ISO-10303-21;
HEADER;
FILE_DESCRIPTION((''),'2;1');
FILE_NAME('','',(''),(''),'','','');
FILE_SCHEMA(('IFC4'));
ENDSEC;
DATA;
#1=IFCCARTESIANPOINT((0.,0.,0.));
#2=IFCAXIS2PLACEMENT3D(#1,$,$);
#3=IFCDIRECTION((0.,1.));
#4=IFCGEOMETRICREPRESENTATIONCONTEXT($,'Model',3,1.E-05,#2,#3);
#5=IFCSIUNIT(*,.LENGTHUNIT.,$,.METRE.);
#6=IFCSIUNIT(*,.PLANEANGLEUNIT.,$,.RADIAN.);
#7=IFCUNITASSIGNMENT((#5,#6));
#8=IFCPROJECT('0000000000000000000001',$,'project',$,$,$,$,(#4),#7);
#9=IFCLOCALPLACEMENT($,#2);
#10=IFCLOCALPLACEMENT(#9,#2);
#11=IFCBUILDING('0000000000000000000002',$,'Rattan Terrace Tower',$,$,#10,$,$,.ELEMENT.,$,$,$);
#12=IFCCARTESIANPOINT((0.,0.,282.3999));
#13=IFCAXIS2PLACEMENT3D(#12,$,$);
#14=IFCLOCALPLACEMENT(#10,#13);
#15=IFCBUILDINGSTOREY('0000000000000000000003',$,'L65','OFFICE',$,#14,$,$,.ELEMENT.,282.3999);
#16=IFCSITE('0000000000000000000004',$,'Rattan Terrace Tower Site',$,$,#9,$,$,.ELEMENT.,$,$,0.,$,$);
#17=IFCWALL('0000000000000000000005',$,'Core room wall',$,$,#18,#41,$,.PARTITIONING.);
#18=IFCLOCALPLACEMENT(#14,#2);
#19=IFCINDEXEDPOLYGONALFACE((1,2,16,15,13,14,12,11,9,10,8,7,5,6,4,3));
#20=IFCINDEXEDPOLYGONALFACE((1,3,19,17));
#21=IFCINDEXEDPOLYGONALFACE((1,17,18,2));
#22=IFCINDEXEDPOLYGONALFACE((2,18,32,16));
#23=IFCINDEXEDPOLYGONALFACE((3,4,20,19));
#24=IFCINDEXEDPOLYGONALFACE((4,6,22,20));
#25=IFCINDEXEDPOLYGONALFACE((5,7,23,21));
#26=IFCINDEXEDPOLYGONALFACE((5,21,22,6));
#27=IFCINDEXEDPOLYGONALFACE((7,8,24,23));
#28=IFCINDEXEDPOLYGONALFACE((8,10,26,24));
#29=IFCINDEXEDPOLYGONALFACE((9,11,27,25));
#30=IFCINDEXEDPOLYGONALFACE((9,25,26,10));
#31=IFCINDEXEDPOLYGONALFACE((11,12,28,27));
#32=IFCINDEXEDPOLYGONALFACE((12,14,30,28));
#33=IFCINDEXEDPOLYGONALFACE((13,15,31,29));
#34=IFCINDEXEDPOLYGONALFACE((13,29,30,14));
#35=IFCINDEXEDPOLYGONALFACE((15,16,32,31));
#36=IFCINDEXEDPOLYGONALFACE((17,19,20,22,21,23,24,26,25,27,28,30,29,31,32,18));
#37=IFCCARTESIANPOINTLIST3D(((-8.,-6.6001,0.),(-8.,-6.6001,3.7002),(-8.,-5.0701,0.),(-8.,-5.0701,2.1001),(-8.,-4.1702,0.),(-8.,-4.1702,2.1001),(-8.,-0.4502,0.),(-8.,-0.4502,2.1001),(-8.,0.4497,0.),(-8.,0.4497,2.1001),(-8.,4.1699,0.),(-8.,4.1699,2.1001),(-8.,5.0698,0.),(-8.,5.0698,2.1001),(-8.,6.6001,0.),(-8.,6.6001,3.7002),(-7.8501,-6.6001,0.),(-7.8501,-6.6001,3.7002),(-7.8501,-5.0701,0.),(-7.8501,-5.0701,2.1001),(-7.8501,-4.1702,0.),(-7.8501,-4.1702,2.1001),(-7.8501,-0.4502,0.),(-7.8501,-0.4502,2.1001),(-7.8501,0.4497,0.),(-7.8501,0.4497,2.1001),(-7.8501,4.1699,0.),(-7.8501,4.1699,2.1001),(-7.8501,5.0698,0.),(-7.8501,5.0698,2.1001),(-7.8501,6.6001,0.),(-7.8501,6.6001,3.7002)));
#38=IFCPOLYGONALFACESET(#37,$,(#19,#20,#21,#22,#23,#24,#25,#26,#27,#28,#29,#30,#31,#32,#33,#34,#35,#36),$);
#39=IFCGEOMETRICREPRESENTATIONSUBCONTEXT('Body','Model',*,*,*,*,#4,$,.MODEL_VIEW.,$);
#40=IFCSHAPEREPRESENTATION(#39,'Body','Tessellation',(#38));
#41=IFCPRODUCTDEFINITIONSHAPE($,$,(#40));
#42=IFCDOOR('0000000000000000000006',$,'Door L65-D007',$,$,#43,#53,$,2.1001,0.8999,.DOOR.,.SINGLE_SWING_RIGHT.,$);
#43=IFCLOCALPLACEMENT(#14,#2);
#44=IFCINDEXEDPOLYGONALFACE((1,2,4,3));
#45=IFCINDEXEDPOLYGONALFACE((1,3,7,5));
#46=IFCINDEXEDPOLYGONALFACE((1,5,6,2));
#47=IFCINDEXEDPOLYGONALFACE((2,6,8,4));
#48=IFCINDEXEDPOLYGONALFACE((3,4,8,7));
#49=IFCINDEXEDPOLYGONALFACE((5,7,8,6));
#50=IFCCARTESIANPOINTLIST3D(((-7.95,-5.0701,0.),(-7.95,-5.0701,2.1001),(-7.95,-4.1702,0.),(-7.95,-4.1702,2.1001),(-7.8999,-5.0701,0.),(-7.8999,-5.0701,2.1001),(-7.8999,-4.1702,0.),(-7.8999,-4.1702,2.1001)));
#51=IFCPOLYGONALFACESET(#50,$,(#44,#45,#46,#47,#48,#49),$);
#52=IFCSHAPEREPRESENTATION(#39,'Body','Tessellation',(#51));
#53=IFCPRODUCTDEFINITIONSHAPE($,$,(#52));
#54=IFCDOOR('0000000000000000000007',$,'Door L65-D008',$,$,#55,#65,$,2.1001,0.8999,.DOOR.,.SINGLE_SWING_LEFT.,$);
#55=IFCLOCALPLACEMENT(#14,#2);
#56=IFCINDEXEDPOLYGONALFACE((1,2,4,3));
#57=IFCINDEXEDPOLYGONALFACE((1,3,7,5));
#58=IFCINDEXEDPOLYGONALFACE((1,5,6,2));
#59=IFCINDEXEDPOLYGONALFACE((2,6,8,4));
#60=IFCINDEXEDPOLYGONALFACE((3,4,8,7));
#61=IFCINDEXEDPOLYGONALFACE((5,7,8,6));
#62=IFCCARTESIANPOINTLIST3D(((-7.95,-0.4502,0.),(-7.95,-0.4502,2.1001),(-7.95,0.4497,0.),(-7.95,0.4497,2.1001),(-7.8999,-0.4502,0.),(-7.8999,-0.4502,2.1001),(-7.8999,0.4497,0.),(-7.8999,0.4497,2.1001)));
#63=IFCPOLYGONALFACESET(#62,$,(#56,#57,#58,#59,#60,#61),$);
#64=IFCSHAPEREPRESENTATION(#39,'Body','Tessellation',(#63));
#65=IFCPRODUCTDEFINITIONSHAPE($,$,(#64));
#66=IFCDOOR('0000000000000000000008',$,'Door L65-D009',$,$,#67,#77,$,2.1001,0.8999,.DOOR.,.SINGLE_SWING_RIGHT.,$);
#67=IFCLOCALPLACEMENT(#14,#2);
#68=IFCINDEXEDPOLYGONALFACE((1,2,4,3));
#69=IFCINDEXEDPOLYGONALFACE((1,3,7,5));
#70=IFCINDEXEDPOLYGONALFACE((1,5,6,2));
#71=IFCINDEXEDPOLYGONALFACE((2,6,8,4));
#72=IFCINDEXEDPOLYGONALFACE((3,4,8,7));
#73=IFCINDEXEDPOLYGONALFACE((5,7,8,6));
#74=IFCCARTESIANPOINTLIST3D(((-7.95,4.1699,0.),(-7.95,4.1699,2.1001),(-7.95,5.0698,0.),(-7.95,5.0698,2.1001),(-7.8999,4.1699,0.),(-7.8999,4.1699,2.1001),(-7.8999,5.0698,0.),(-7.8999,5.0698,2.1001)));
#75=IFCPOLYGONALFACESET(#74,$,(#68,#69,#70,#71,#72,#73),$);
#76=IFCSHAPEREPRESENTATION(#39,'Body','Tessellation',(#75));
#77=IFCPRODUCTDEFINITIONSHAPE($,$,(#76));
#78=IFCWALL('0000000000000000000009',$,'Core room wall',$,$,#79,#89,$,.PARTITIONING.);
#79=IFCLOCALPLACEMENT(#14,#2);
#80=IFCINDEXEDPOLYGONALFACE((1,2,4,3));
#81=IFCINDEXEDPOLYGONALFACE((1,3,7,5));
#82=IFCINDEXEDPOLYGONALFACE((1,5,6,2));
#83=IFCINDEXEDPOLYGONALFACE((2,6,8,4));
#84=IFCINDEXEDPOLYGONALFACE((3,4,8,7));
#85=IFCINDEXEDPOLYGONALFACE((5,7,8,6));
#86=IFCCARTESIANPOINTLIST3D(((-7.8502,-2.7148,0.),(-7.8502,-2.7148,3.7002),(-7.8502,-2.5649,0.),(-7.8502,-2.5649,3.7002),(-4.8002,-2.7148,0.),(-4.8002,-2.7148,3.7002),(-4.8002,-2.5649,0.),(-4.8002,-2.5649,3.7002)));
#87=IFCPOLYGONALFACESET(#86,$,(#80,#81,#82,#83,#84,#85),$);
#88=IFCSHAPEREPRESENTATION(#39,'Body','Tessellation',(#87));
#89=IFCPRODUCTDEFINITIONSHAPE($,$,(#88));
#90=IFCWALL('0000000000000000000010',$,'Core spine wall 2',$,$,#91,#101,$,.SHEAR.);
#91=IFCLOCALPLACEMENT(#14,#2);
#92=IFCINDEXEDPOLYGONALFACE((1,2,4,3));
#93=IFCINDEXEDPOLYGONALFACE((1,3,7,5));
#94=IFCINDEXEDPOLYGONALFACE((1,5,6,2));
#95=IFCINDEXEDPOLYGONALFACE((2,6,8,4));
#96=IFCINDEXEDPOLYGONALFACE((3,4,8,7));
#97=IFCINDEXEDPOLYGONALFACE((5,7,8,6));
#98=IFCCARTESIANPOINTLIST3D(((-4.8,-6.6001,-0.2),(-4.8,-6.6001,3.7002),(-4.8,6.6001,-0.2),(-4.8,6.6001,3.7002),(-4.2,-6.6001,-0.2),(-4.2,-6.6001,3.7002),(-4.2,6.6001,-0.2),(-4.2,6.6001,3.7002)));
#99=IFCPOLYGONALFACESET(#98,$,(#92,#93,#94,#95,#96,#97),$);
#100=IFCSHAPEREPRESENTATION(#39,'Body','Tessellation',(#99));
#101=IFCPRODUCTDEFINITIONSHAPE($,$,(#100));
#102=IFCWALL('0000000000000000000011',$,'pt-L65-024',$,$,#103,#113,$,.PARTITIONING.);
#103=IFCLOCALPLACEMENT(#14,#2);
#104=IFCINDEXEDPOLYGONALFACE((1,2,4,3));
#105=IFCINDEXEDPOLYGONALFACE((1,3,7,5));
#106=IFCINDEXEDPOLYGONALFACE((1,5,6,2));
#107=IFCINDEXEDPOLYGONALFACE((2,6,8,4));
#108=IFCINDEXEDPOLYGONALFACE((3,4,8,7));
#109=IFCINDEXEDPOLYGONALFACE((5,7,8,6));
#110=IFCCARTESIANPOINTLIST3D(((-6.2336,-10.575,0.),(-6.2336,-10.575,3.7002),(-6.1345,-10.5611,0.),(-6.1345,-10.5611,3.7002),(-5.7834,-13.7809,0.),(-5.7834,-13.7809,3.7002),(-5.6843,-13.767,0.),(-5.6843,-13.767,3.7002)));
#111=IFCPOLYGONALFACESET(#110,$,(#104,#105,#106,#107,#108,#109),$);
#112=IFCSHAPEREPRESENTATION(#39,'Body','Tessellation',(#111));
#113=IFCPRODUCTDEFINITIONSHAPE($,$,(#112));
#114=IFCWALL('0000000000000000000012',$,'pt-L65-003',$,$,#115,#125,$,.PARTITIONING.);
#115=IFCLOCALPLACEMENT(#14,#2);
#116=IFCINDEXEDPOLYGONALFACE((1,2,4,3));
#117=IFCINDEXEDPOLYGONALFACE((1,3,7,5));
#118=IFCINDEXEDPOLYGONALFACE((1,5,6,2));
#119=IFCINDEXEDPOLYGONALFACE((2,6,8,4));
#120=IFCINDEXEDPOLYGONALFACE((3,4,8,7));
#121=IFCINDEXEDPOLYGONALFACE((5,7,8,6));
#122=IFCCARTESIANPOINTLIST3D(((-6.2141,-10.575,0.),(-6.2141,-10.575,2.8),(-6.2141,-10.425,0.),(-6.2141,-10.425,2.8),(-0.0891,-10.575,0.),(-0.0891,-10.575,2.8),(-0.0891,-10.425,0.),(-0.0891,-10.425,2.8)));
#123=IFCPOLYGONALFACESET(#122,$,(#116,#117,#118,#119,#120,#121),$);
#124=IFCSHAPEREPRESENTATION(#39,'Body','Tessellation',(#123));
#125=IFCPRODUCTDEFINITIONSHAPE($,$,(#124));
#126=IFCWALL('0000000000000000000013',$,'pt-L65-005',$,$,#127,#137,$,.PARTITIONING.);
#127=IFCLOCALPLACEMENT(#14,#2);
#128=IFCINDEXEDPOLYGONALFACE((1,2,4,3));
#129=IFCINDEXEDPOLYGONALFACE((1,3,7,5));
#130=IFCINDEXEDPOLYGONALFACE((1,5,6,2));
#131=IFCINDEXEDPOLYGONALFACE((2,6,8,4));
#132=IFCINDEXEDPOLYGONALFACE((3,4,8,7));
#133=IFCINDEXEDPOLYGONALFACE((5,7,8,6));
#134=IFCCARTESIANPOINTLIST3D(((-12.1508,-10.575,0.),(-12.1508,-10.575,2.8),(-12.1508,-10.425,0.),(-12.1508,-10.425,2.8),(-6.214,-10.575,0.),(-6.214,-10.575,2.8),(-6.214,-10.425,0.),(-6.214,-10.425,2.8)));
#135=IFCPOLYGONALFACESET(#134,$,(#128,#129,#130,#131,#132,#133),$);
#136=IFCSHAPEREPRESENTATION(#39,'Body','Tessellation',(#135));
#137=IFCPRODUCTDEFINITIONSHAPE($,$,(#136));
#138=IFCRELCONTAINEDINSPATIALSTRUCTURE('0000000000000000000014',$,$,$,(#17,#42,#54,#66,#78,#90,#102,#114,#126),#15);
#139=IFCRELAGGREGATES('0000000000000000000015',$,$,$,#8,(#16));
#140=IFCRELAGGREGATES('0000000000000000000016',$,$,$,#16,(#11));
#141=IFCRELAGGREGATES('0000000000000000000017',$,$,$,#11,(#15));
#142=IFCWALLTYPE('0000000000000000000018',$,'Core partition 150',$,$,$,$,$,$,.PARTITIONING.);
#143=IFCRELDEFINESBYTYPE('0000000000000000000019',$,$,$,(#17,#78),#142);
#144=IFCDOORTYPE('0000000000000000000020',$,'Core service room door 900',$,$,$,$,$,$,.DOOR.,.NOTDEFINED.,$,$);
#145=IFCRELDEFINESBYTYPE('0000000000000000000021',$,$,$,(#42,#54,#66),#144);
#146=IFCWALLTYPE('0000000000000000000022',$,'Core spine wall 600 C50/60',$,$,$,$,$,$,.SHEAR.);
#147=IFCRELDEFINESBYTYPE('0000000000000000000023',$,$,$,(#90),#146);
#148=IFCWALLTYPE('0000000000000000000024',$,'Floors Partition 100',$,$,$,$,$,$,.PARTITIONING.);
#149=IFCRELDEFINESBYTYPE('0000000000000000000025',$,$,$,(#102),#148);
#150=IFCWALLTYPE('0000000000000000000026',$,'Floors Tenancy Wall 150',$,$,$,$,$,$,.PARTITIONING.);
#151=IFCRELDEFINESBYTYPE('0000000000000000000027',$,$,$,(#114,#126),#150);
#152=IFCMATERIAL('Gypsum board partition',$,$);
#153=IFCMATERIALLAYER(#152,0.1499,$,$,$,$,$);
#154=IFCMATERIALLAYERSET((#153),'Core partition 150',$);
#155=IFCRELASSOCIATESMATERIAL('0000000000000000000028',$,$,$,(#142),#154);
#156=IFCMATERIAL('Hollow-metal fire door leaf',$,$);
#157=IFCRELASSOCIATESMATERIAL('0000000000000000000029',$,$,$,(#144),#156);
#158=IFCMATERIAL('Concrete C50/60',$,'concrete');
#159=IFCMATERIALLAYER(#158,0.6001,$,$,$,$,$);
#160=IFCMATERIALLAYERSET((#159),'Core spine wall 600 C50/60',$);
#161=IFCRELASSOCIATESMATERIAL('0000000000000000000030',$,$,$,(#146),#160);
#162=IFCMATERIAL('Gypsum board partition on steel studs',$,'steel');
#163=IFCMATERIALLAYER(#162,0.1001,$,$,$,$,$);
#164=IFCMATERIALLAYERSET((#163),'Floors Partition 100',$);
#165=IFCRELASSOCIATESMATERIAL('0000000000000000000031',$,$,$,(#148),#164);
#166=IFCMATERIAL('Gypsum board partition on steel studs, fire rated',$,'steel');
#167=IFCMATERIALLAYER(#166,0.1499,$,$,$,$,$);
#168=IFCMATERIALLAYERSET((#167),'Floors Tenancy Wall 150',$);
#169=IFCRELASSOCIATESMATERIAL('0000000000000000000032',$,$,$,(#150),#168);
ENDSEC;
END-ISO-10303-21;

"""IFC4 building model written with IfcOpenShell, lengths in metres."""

from ifc_helpers import new_model, si_unit, direction, frame, frame_2d, origin, place, context, subcontext, project, spatial, rectangle, extrude, material, layer, layer_set, type_object, element, fill, save


model = new_model("IFC4")

# Units and contexts
model_context = context("Model", 3, precision=1e-05, world=origin(), true_north=direction((0.0, 1.0)))
body_context = subcontext(model_context, "Body", "Model", "MODEL_VIEW")
ifc_project = project(units=[si_unit("LENGTHUNIT", "METRE"), si_unit("PLANEANGLEUNIT", "RADIAN")], contexts=[model_context])

# Site, building, storey
site_placement = place(None, origin())
site = spatial("IfcSite", under=ifc_project, at=site_placement, Name="Rattan Terrace Tower Site", CompositionType="ELEMENT", RefElevation=0.0)
building_placement = place(site_placement, origin())
building = spatial("IfcBuilding", under=site, at=building_placement, Name="Rattan Terrace Tower", CompositionType="ELEMENT")
storey_placement = place(building_placement, frame((0.0, 0.0, 282.3999)))
storey = spatial("IfcBuildingStorey", under=building, at=storey_placement, Name="L65", Description="OFFICE", CompositionType="ELEMENT", Elevation=282.3999)

# Wall, openings, doors
ifc_material_1 = material(Name="Gypsum board partition")
ifc_layer_1 = layer(ifc_material_1, 0.1499)
ifc_layer_set_1 = layer_set([ifc_layer_1], Name="Core partition 150")
wall_type_1 = type_object("IfcWallType", Name="Core partition 150", PredefinedType="PARTITIONING", material=ifc_layer_set_1)
wall_1_placement = place(storey_placement, frame((-7.925, -6.6001, 0.0), z_axis=(0.0, 0.0, 1.0), x_axis=(0.0, 1.0, 0.0)))
wall_1 = element("IfcWall", 1, at=wall_1_placement, inside=storey, type_object=wall_type_1, Name="Core room wall", PredefinedType="PARTITIONING", context=body_context, shape_type="SweptSolid", body=[
    extrude(rectangle(XDim=13.2002, YDim=0.1499, at=frame_2d((6.6001, 0.0))), origin(), (0.0, 0.0, 1.0), 3.7002),
])
opening_1_placement = place(wall_1_placement, frame((1.53, 0.0, 0.0)))
opening_1 = element("IfcOpeningElement", 2, at=opening_1_placement, cuts=wall_1, PredefinedType="OPENING", context=body_context, shape_type="SweptSolid", body=[
    extrude(rectangle(XDim=0.8999, YDim=2.1001, at=frame_2d((0.45, 1.05))), frame((0.0, 0.0854, 0.0), z_axis=(0.0, -1.0, 0.0), x_axis=(1.0, 0.0, 0.0)), (0.0, 0.0, 1.0), 0.1709),
])
opening_2_placement = place(wall_1_placement, frame((6.1499, 0.0, 0.0)))
opening_2 = element("IfcOpeningElement", 3, at=opening_2_placement, cuts=wall_1, PredefinedType="OPENING", context=body_context, shape_type="SweptSolid", body=[
    extrude(rectangle(XDim=0.8999, YDim=2.1001, at=frame_2d((0.45, 1.05))), frame((0.0, 0.0854, 0.0), z_axis=(0.0, -1.0, 0.0), x_axis=(1.0, 0.0, 0.0)), (0.0, 0.0, 1.0), 0.1709),
])
opening_3_placement = place(wall_1_placement, frame((10.77, 0.0, 0.0)))
opening_3 = element("IfcOpeningElement", 4, at=opening_3_placement, cuts=wall_1, PredefinedType="OPENING", context=body_context, shape_type="SweptSolid", body=[
    extrude(rectangle(XDim=0.8999, YDim=2.1001, at=frame_2d((0.45, 1.05))), frame((0.0, 0.0854, 0.0), z_axis=(0.0, -1.0, 0.0), x_axis=(1.0, 0.0, 0.0)), (0.0, 0.0, 1.0), 0.1709),
])
ifc_material_2 = material(Name="Hollow-metal fire door leaf")
door_type_1 = type_object("IfcDoorType", Name="Core service room door 900", OperationType="NOTDEFINED", PredefinedType="DOOR", material=ifc_material_2)
door_1_placement = place(opening_1_placement, origin())
door_1 = element("IfcDoor", 5, at=door_1_placement, inside=storey, type_object=door_type_1, Name="Door L65-D007", OperationType="SINGLE_SWING_RIGHT", OverallHeight=2.1001, OverallWidth=0.8999, PredefinedType="DOOR", context=body_context, shape_type="SweptSolid", body=[
    extrude(rectangle(XDim=0.8999, YDim=2.1001, at=frame_2d((0.45, 1.05))), frame((0.0, 0.0249, 0.0), z_axis=(0.0, -1.0, 0.0), x_axis=(1.0, 0.0, 0.0)), (0.0, 0.0, 1.0), 0.05),
])
fill(opening_1, door_1)
door_2_placement = place(opening_2_placement, origin())
door_2 = element("IfcDoor", 6, at=door_2_placement, inside=storey, type_object=door_type_1, Name="Door L65-D008", OperationType="SINGLE_SWING_LEFT", OverallHeight=2.1001, OverallWidth=0.8999, PredefinedType="DOOR", context=body_context, shape_type="SweptSolid", body=[
    extrude(rectangle(XDim=0.8999, YDim=2.1001, at=frame_2d((0.45, 1.05))), frame((0.0, 0.0249, 0.0), z_axis=(0.0, -1.0, 0.0), x_axis=(1.0, 0.0, 0.0)), (0.0, 0.0, 1.0), 0.05),
])
fill(opening_2, door_2)
door_3_placement = place(opening_3_placement, origin())
door_3 = element("IfcDoor", 7, at=door_3_placement, inside=storey, type_object=door_type_1, Name="Door L65-D009", OperationType="SINGLE_SWING_RIGHT", OverallHeight=2.1001, OverallWidth=0.8999, PredefinedType="DOOR", context=body_context, shape_type="SweptSolid", body=[
    extrude(rectangle(XDim=0.8999, YDim=2.1001, at=frame_2d((0.45, 1.05))), frame((0.0, 0.0249, 0.0), z_axis=(0.0, -1.0, 0.0), x_axis=(1.0, 0.0, 0.0)), (0.0, 0.0, 1.0), 0.05),
])
fill(opening_3, door_3)

# Walls
wall_2_placement = place(storey_placement, frame((-7.8501, -2.6399, 0.0), z_axis=(0.0, 0.0, 1.0), x_axis=(1.0, 0.0, 0.0)))
element("IfcWall", 8, at=wall_2_placement, inside=storey, type_object=wall_type_1, Name="Core room wall", PredefinedType="PARTITIONING", context=body_context, shape_type="SweptSolid", body=[
    extrude(rectangle(XDim=3.05, YDim=0.1499, at=frame_2d((1.5249, 0.0))), origin(), (0.0, 0.0, 1.0), 3.7002),
])
ifc_material_3 = material(Name="Concrete C50/60", Category="concrete")
ifc_layer_2 = layer(ifc_material_3, 0.6001)
ifc_layer_set_2 = layer_set([ifc_layer_2], Name="Core spine wall 600 C50/60")
wall_type_2 = type_object("IfcWallType", Name="Core spine wall 600 C50/60", PredefinedType="SHEAR", material=ifc_layer_set_2)
wall_3_placement = place(storey_placement, frame((-4.5, -6.6001, -0.2), z_axis=(0.0, 0.0, 1.0), x_axis=(0.0, 1.0, 0.0)))
element("IfcWall", 9, at=wall_3_placement, inside=storey, type_object=wall_type_2, Name="Core spine wall 2", PredefinedType="SHEAR", context=body_context, shape_type="SweptSolid", body=[
    extrude(rectangle(XDim=13.2002, YDim=0.6001, at=frame_2d((6.6001, 0.0))), origin(), (0.0, 0.0, 1.0), 3.9001),
])
ifc_material_4 = material(Name="Gypsum board partition on steel studs", Category="steel")
ifc_layer_3 = layer(ifc_material_4, 0.1001)
ifc_layer_set_3 = layer_set([ifc_layer_3], Name="Floors Partition 100")
wall_type_3 = type_object("IfcWallType", Name="Floors Partition 100", PredefinedType="PARTITIONING", material=ifc_layer_set_3)
wall_4_placement = place(storey_placement, frame((-5.7339, -13.7739, 0.0), z_axis=(0.0, 0.0, 1.0), x_axis=(-0.139066, 0.990283, 0.0)))
element("IfcWall", 10, at=wall_4_placement, inside=storey, type_object=wall_type_3, Name="pt-L65-024", PredefinedType="PARTITIONING", context=body_context, shape_type="SweptSolid", body=[
    extrude(rectangle(XDim=3.2373, YDim=0.1001, at=frame_2d((1.6187, 0.0))), origin(), (0.0, 0.0, 1.0), 3.7002),
])
ifc_material_5 = material(Name="Gypsum board partition on steel studs, fire rated", Category="steel")
ifc_layer_4 = layer(ifc_material_5, 0.1499)
ifc_layer_set_4 = layer_set([ifc_layer_4], Name="Floors Tenancy Wall 150")
wall_type_4 = type_object("IfcWallType", Name="Floors Tenancy Wall 150", PredefinedType="PARTITIONING", material=ifc_layer_set_4)
wall_5_placement = place(storey_placement, frame((-0.0891, -10.5, 0.0), z_axis=(0.0, 0.0, 1.0), x_axis=(-1.0, 0.0, 0.0)))
element("IfcWall", 11, at=wall_5_placement, inside=storey, type_object=wall_type_4, Name="pt-L65-003", PredefinedType="PARTITIONING", context=body_context, shape_type="SweptSolid", body=[
    extrude(rectangle(XDim=6.125, YDim=0.1499, at=frame_2d((3.0625, 0.0))), origin(), (0.0, 0.0, 1.0), 2.8),
])
wall_6_placement = place(storey_placement, frame((-6.2141, -10.5, 0.0), z_axis=(0.0, 0.0, 1.0), x_axis=(-1.0, 0.0, 0.0)))
element("IfcWall", 12, at=wall_6_placement, inside=storey, type_object=wall_type_4, Name="pt-L65-005", PredefinedType="PARTITIONING", context=body_context, shape_type="SweptSolid", body=[
    extrude(rectangle(XDim=5.9368, YDim=0.1499, at=frame_2d((2.9683, 0.0))), origin(), (0.0, 0.0, 1.0), 2.8),
])

save(model, "model.ifc")
